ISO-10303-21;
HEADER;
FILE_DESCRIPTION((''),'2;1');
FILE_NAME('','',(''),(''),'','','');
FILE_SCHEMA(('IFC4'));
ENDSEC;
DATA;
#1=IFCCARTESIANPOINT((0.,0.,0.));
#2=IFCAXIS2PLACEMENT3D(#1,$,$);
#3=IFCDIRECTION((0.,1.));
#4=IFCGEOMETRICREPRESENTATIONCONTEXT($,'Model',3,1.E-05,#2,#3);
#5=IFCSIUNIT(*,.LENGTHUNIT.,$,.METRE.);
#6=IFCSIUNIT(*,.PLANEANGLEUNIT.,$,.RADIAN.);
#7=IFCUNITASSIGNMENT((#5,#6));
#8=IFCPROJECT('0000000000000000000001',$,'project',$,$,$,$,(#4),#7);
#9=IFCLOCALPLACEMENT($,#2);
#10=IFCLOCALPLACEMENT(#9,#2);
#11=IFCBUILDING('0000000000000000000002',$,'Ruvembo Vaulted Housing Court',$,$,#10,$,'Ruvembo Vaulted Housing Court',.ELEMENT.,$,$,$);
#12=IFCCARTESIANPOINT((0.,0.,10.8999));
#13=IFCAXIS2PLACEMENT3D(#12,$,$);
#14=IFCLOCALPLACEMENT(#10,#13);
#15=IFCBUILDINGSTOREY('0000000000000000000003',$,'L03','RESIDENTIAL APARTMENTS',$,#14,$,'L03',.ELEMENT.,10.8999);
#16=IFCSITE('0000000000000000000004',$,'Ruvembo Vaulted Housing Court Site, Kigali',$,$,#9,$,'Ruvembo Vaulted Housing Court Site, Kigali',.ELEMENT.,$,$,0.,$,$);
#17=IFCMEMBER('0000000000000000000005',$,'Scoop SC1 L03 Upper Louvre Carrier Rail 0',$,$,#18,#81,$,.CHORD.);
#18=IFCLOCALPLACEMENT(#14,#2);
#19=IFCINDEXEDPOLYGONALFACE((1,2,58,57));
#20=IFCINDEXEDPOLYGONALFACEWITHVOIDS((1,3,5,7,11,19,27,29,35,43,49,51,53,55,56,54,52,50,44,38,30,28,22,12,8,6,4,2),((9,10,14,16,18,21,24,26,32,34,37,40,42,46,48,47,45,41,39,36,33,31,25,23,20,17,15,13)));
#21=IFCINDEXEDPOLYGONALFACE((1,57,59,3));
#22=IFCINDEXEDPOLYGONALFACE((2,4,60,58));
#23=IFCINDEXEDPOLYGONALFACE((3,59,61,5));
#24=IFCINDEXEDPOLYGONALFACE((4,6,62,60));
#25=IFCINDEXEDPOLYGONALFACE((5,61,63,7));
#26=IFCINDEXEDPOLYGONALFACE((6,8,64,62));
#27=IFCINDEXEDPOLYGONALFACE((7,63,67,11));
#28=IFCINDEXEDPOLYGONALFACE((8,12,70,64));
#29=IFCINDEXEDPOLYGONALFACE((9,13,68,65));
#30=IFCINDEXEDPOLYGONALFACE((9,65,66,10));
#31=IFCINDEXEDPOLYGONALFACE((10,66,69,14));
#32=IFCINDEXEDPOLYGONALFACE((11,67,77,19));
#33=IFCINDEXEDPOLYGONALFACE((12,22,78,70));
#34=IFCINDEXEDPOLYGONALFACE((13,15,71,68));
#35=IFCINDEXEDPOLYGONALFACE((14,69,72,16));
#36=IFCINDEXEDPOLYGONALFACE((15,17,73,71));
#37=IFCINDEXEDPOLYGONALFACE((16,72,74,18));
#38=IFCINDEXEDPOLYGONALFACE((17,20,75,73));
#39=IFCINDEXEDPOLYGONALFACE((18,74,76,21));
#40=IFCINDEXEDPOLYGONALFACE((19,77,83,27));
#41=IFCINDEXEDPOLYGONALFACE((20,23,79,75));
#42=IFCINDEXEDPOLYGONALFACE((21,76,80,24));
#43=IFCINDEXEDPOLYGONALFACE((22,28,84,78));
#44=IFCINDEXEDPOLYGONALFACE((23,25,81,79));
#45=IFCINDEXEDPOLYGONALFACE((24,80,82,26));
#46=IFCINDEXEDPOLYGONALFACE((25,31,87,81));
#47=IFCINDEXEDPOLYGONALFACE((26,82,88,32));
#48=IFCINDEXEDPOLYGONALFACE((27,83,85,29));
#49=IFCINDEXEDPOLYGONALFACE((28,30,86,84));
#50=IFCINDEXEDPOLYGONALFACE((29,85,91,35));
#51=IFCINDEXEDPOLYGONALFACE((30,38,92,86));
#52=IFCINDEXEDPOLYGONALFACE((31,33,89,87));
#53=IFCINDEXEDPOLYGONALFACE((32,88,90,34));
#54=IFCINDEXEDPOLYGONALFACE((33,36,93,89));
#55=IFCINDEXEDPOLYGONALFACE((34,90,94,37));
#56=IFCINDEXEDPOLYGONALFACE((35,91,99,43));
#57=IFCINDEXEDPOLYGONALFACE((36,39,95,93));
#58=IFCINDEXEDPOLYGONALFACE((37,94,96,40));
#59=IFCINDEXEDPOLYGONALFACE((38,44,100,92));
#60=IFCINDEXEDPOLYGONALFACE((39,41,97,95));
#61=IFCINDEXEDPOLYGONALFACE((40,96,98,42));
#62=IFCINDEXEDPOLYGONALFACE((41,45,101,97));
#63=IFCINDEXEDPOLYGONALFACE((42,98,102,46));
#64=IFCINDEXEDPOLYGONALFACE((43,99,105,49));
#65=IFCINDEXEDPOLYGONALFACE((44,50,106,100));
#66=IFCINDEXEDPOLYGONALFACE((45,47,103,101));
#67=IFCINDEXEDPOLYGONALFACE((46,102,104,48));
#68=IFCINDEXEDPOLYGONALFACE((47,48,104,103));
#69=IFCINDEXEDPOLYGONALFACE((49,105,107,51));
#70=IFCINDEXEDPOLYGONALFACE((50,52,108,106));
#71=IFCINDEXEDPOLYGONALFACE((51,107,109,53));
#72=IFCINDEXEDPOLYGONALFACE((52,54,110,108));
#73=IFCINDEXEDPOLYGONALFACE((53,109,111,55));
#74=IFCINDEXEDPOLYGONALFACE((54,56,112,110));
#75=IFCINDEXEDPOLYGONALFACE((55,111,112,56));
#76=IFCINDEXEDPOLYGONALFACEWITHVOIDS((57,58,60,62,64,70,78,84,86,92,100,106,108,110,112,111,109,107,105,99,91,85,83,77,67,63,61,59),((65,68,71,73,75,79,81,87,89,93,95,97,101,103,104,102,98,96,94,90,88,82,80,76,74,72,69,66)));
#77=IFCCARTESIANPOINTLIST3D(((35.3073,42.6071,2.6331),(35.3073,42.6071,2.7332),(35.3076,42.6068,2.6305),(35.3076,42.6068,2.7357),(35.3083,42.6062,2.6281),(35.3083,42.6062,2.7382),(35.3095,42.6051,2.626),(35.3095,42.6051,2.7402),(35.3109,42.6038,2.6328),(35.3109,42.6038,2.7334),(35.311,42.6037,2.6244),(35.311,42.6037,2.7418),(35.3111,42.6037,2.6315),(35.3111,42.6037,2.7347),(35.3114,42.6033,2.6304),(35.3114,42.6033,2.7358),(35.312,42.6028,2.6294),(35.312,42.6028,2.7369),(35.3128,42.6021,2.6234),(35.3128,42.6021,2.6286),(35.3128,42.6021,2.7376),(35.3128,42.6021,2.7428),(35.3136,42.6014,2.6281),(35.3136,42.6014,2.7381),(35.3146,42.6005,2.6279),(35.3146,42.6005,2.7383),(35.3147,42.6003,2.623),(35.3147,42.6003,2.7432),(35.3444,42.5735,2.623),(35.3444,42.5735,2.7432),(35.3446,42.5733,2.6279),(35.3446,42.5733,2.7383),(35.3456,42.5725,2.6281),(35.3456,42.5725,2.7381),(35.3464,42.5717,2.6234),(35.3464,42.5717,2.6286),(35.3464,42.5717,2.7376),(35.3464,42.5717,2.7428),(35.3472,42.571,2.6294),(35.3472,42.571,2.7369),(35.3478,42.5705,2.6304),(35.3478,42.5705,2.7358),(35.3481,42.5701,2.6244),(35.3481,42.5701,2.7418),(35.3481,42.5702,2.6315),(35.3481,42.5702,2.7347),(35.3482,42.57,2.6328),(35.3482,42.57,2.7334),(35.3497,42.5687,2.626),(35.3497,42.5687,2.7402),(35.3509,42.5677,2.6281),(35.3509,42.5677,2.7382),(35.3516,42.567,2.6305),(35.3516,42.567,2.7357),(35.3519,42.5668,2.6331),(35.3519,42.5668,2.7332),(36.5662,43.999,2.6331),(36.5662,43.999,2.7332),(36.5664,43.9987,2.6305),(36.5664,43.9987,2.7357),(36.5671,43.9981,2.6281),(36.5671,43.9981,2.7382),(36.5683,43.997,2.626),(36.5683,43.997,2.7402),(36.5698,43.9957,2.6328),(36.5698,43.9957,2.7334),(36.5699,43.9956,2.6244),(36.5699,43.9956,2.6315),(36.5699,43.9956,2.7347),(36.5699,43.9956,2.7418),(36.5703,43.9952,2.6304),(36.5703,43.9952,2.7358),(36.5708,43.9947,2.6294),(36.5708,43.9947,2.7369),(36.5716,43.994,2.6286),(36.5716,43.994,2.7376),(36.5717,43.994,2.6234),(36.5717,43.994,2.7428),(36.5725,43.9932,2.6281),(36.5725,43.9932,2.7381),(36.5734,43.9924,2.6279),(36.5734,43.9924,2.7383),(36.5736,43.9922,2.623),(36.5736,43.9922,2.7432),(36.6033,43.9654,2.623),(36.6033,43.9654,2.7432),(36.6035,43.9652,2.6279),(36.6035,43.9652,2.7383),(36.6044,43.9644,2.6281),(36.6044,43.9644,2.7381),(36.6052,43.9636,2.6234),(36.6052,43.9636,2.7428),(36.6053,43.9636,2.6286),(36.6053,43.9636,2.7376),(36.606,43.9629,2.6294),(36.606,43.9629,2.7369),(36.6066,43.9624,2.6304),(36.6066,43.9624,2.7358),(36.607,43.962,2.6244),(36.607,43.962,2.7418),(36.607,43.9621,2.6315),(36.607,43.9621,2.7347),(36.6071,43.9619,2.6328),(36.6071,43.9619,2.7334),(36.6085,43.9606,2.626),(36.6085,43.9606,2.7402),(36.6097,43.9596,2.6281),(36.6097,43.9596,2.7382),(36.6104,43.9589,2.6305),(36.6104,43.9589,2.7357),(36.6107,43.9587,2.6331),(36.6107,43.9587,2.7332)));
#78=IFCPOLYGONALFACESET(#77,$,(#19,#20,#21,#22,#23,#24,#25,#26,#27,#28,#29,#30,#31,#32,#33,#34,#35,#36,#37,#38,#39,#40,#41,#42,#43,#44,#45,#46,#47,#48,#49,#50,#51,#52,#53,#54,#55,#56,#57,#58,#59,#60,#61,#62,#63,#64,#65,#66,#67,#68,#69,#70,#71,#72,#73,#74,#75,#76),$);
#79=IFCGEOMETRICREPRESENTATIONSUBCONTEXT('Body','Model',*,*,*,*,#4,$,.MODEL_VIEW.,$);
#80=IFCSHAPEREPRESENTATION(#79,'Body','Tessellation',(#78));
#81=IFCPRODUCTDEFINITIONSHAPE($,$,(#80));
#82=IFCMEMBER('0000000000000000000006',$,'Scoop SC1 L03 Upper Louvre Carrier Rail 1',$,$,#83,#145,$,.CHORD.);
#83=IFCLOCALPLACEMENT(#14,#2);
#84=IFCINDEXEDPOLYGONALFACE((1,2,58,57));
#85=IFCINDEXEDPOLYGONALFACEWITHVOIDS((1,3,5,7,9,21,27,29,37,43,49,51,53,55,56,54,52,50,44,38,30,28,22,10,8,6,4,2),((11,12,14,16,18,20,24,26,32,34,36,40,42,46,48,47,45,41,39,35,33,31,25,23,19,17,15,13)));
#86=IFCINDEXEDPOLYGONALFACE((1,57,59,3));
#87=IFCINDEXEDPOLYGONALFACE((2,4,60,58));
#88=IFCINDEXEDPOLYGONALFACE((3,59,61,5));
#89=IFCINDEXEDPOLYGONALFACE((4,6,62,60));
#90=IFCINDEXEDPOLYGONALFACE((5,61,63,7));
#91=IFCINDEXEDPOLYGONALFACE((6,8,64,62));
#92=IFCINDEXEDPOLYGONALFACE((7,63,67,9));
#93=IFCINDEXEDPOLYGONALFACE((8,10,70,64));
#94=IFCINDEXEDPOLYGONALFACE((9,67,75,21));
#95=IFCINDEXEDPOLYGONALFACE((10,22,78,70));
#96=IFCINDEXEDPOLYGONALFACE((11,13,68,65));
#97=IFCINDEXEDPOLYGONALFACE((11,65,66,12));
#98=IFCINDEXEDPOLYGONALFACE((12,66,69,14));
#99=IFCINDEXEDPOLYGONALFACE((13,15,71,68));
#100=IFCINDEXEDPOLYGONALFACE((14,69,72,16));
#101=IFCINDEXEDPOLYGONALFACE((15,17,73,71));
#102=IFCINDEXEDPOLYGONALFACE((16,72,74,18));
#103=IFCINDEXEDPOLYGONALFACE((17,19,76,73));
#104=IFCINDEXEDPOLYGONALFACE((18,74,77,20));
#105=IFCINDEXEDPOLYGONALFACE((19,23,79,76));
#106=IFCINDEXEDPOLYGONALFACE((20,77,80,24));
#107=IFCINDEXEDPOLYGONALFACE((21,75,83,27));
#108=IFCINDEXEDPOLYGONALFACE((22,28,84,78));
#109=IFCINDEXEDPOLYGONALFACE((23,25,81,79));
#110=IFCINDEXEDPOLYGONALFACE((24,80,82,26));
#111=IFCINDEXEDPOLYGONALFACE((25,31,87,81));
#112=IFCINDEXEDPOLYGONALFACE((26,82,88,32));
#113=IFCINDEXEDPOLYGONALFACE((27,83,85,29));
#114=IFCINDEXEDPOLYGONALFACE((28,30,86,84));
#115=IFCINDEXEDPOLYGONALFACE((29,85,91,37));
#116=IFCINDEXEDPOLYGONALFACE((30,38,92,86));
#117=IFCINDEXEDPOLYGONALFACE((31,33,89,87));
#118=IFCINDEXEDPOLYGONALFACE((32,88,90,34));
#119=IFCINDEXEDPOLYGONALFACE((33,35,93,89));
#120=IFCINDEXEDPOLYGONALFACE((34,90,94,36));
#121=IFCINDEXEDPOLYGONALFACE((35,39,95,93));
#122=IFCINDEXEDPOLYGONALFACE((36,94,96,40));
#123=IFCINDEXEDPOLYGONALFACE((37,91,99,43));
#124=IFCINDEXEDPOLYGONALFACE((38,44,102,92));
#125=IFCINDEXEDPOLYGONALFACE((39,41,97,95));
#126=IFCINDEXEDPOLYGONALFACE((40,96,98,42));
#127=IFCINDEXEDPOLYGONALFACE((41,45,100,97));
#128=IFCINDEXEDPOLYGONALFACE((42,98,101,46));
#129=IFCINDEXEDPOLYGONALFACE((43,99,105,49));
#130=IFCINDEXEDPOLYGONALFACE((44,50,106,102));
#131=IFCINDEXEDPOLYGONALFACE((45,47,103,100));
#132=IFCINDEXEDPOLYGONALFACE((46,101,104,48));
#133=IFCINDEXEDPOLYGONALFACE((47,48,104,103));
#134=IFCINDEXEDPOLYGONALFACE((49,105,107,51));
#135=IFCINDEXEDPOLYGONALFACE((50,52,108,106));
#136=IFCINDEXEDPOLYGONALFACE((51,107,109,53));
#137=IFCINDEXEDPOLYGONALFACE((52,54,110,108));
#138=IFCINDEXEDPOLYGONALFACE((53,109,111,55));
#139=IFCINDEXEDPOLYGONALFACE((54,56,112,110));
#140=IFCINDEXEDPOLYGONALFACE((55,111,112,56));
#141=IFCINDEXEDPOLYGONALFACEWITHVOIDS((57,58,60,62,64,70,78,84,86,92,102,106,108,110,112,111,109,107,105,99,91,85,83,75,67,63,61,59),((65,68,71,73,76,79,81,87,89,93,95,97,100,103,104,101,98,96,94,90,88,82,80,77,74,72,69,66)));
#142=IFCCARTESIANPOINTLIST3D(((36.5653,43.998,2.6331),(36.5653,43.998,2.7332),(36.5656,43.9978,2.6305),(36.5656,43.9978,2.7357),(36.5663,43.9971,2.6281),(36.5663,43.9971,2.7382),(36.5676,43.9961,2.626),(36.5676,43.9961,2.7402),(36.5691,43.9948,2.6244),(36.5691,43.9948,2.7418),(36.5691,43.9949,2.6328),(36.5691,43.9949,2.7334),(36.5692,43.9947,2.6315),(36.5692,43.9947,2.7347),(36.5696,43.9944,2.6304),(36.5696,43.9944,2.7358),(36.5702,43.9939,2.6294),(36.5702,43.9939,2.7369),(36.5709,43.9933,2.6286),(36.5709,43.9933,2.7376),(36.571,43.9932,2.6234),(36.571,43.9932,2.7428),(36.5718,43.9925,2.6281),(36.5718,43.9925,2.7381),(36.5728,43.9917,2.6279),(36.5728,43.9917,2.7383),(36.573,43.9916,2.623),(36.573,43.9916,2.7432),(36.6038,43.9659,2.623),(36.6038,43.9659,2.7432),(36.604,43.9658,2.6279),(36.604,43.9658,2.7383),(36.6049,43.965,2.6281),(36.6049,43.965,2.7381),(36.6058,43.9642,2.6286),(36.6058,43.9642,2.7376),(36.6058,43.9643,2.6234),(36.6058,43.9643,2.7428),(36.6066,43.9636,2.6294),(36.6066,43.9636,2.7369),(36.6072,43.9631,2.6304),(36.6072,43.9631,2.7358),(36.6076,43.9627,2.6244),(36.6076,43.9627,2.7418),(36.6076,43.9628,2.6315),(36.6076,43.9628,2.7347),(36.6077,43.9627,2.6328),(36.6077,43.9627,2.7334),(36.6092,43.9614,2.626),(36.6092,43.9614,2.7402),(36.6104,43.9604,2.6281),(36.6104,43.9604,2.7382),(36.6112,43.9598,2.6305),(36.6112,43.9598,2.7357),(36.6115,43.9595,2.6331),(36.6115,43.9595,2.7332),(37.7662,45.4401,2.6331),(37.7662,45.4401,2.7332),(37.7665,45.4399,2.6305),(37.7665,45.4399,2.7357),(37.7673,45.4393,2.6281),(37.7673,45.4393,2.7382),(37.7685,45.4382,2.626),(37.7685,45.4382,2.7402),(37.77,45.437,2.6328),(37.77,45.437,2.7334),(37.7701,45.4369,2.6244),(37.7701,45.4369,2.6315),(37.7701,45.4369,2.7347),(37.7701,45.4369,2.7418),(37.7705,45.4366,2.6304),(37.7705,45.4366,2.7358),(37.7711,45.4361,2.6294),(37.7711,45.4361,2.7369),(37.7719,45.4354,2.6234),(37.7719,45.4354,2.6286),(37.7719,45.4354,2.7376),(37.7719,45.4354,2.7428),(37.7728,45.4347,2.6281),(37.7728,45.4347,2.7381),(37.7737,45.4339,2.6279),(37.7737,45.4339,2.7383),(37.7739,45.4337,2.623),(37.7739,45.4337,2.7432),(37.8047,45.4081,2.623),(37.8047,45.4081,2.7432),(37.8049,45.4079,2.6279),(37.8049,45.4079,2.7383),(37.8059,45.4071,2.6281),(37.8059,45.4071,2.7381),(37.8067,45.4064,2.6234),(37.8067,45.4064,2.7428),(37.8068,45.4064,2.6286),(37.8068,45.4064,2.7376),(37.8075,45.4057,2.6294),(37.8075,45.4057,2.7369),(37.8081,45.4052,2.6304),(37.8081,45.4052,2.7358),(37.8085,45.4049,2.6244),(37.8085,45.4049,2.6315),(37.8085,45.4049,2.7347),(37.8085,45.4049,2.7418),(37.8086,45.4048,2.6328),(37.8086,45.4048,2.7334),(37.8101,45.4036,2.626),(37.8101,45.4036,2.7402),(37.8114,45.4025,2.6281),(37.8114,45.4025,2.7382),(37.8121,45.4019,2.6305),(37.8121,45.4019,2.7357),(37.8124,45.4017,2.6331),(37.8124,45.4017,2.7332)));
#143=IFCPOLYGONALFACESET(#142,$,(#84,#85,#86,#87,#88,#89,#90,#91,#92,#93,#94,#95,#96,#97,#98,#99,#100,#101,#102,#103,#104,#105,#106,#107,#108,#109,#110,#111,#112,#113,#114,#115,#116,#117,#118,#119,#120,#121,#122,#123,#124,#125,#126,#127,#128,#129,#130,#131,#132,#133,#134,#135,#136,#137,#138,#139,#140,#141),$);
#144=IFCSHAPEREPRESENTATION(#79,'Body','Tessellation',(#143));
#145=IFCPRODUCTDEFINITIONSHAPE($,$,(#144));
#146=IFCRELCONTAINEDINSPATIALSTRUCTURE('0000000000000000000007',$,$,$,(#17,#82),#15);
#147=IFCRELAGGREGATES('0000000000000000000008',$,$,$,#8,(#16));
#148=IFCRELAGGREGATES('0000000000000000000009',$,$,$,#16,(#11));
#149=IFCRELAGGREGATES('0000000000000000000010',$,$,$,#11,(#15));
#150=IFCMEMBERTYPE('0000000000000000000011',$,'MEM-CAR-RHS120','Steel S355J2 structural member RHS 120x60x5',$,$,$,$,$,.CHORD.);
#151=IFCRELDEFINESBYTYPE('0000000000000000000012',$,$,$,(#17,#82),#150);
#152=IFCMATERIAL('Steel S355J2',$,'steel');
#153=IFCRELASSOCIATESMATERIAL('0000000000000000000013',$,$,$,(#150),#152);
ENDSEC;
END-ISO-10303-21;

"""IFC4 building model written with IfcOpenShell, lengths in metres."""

from ifc_helpers import new_model, si_unit, direction, frame, origin, origin_2d, place, context, subcontext, project, spatial, hollow_rectangle, extrude, material, material_profile, profile_set, type_object, element, save


model = new_model("IFC4")

# Units and contexts
model_context = context("Model", 3, precision=1e-05, world=origin(), true_north=direction((0.0, 1.0)))
body_context = subcontext(model_context, "Body", "Model", "MODEL_VIEW")
ifc_project = project(units=[si_unit("LENGTHUNIT", "METRE"), si_unit("PLANEANGLEUNIT", "RADIAN")], contexts=[model_context])

# Site, building, storey
site_placement = place(None, origin())
site = spatial("IfcSite", under=ifc_project, at=site_placement, Name="Ruvembo Vaulted Housing Court Site, Kigali", LongName="Ruvembo Vaulted Housing Court Site, Kigali", CompositionType="ELEMENT", RefElevation=0.0)
building_placement = place(site_placement, origin())
building = spatial("IfcBuilding", under=site, at=building_placement, Name="Ruvembo Vaulted Housing Court", LongName="Ruvembo Vaulted Housing Court", CompositionType="ELEMENT")
storey_placement = place(building_placement, frame((0.0, 0.0, 10.8999)))
storey = spatial("IfcBuildingStorey", under=building, at=storey_placement, Name="L03", Description="RESIDENTIAL APARTMENTS", LongName="L03", CompositionType="ELEMENT", Elevation=10.8999)

# Shared definitions
ifc_material_1 = material(Name="Steel S355J2", Category="steel")

# Members
ifc_material_profile_1 = material_profile(ifc_material_1, hollow_rectangle(XDim=0.0601, YDim=0.1201, WallThickness=0.0049, InnerFilletRadius=0.0049, OuterFilletRadius=0.01, at=origin_2d()), Name="RHS 120x60x5")
ifc_profile_set_1 = profile_set([ifc_material_profile_1], Name="Steel S355J2")
member_type_1 = type_object("IfcMemberType", Name="MEM-CAR-RHS120", Description="Steel S355J2 structural member RHS 120x60x5", PredefinedType="CHORD", material=ifc_profile_set_1)
for number, where, z_axis, x_axis, name in (
    (1, (35.3296, 42.5869, 2.6831), (0.670767, 0.741668, 0.0), (-0.741668, 0.670767, 0.0), "Scoop SC1 L03 Upper Louvre Carrier Rail 0"),
    (2, (36.5884, 43.9788, 2.6831), (0.639916, 0.768445, 0.0), (-0.768445, 0.639916, 0.0), "Scoop SC1 L03 Upper Louvre Carrier Rail 1"),
):
    element("IfcMember", number, at=place(storey_placement, frame(where, z_axis=z_axis, x_axis=x_axis)), inside=storey, type_object=member_type_1, Name=name, PredefinedType="CHORD", context=body_context, shape_type="SweptSolid", body=[
        extrude(hollow_rectangle(XDim=0.0601, YDim=0.1201, WallThickness=0.0049, InnerFilletRadius=0.0049, OuterFilletRadius=0.01, at=origin_2d()), origin(), (0.0, 0.0, 1.0), 1.8767),
    ])

save(model, "model.ifc")
